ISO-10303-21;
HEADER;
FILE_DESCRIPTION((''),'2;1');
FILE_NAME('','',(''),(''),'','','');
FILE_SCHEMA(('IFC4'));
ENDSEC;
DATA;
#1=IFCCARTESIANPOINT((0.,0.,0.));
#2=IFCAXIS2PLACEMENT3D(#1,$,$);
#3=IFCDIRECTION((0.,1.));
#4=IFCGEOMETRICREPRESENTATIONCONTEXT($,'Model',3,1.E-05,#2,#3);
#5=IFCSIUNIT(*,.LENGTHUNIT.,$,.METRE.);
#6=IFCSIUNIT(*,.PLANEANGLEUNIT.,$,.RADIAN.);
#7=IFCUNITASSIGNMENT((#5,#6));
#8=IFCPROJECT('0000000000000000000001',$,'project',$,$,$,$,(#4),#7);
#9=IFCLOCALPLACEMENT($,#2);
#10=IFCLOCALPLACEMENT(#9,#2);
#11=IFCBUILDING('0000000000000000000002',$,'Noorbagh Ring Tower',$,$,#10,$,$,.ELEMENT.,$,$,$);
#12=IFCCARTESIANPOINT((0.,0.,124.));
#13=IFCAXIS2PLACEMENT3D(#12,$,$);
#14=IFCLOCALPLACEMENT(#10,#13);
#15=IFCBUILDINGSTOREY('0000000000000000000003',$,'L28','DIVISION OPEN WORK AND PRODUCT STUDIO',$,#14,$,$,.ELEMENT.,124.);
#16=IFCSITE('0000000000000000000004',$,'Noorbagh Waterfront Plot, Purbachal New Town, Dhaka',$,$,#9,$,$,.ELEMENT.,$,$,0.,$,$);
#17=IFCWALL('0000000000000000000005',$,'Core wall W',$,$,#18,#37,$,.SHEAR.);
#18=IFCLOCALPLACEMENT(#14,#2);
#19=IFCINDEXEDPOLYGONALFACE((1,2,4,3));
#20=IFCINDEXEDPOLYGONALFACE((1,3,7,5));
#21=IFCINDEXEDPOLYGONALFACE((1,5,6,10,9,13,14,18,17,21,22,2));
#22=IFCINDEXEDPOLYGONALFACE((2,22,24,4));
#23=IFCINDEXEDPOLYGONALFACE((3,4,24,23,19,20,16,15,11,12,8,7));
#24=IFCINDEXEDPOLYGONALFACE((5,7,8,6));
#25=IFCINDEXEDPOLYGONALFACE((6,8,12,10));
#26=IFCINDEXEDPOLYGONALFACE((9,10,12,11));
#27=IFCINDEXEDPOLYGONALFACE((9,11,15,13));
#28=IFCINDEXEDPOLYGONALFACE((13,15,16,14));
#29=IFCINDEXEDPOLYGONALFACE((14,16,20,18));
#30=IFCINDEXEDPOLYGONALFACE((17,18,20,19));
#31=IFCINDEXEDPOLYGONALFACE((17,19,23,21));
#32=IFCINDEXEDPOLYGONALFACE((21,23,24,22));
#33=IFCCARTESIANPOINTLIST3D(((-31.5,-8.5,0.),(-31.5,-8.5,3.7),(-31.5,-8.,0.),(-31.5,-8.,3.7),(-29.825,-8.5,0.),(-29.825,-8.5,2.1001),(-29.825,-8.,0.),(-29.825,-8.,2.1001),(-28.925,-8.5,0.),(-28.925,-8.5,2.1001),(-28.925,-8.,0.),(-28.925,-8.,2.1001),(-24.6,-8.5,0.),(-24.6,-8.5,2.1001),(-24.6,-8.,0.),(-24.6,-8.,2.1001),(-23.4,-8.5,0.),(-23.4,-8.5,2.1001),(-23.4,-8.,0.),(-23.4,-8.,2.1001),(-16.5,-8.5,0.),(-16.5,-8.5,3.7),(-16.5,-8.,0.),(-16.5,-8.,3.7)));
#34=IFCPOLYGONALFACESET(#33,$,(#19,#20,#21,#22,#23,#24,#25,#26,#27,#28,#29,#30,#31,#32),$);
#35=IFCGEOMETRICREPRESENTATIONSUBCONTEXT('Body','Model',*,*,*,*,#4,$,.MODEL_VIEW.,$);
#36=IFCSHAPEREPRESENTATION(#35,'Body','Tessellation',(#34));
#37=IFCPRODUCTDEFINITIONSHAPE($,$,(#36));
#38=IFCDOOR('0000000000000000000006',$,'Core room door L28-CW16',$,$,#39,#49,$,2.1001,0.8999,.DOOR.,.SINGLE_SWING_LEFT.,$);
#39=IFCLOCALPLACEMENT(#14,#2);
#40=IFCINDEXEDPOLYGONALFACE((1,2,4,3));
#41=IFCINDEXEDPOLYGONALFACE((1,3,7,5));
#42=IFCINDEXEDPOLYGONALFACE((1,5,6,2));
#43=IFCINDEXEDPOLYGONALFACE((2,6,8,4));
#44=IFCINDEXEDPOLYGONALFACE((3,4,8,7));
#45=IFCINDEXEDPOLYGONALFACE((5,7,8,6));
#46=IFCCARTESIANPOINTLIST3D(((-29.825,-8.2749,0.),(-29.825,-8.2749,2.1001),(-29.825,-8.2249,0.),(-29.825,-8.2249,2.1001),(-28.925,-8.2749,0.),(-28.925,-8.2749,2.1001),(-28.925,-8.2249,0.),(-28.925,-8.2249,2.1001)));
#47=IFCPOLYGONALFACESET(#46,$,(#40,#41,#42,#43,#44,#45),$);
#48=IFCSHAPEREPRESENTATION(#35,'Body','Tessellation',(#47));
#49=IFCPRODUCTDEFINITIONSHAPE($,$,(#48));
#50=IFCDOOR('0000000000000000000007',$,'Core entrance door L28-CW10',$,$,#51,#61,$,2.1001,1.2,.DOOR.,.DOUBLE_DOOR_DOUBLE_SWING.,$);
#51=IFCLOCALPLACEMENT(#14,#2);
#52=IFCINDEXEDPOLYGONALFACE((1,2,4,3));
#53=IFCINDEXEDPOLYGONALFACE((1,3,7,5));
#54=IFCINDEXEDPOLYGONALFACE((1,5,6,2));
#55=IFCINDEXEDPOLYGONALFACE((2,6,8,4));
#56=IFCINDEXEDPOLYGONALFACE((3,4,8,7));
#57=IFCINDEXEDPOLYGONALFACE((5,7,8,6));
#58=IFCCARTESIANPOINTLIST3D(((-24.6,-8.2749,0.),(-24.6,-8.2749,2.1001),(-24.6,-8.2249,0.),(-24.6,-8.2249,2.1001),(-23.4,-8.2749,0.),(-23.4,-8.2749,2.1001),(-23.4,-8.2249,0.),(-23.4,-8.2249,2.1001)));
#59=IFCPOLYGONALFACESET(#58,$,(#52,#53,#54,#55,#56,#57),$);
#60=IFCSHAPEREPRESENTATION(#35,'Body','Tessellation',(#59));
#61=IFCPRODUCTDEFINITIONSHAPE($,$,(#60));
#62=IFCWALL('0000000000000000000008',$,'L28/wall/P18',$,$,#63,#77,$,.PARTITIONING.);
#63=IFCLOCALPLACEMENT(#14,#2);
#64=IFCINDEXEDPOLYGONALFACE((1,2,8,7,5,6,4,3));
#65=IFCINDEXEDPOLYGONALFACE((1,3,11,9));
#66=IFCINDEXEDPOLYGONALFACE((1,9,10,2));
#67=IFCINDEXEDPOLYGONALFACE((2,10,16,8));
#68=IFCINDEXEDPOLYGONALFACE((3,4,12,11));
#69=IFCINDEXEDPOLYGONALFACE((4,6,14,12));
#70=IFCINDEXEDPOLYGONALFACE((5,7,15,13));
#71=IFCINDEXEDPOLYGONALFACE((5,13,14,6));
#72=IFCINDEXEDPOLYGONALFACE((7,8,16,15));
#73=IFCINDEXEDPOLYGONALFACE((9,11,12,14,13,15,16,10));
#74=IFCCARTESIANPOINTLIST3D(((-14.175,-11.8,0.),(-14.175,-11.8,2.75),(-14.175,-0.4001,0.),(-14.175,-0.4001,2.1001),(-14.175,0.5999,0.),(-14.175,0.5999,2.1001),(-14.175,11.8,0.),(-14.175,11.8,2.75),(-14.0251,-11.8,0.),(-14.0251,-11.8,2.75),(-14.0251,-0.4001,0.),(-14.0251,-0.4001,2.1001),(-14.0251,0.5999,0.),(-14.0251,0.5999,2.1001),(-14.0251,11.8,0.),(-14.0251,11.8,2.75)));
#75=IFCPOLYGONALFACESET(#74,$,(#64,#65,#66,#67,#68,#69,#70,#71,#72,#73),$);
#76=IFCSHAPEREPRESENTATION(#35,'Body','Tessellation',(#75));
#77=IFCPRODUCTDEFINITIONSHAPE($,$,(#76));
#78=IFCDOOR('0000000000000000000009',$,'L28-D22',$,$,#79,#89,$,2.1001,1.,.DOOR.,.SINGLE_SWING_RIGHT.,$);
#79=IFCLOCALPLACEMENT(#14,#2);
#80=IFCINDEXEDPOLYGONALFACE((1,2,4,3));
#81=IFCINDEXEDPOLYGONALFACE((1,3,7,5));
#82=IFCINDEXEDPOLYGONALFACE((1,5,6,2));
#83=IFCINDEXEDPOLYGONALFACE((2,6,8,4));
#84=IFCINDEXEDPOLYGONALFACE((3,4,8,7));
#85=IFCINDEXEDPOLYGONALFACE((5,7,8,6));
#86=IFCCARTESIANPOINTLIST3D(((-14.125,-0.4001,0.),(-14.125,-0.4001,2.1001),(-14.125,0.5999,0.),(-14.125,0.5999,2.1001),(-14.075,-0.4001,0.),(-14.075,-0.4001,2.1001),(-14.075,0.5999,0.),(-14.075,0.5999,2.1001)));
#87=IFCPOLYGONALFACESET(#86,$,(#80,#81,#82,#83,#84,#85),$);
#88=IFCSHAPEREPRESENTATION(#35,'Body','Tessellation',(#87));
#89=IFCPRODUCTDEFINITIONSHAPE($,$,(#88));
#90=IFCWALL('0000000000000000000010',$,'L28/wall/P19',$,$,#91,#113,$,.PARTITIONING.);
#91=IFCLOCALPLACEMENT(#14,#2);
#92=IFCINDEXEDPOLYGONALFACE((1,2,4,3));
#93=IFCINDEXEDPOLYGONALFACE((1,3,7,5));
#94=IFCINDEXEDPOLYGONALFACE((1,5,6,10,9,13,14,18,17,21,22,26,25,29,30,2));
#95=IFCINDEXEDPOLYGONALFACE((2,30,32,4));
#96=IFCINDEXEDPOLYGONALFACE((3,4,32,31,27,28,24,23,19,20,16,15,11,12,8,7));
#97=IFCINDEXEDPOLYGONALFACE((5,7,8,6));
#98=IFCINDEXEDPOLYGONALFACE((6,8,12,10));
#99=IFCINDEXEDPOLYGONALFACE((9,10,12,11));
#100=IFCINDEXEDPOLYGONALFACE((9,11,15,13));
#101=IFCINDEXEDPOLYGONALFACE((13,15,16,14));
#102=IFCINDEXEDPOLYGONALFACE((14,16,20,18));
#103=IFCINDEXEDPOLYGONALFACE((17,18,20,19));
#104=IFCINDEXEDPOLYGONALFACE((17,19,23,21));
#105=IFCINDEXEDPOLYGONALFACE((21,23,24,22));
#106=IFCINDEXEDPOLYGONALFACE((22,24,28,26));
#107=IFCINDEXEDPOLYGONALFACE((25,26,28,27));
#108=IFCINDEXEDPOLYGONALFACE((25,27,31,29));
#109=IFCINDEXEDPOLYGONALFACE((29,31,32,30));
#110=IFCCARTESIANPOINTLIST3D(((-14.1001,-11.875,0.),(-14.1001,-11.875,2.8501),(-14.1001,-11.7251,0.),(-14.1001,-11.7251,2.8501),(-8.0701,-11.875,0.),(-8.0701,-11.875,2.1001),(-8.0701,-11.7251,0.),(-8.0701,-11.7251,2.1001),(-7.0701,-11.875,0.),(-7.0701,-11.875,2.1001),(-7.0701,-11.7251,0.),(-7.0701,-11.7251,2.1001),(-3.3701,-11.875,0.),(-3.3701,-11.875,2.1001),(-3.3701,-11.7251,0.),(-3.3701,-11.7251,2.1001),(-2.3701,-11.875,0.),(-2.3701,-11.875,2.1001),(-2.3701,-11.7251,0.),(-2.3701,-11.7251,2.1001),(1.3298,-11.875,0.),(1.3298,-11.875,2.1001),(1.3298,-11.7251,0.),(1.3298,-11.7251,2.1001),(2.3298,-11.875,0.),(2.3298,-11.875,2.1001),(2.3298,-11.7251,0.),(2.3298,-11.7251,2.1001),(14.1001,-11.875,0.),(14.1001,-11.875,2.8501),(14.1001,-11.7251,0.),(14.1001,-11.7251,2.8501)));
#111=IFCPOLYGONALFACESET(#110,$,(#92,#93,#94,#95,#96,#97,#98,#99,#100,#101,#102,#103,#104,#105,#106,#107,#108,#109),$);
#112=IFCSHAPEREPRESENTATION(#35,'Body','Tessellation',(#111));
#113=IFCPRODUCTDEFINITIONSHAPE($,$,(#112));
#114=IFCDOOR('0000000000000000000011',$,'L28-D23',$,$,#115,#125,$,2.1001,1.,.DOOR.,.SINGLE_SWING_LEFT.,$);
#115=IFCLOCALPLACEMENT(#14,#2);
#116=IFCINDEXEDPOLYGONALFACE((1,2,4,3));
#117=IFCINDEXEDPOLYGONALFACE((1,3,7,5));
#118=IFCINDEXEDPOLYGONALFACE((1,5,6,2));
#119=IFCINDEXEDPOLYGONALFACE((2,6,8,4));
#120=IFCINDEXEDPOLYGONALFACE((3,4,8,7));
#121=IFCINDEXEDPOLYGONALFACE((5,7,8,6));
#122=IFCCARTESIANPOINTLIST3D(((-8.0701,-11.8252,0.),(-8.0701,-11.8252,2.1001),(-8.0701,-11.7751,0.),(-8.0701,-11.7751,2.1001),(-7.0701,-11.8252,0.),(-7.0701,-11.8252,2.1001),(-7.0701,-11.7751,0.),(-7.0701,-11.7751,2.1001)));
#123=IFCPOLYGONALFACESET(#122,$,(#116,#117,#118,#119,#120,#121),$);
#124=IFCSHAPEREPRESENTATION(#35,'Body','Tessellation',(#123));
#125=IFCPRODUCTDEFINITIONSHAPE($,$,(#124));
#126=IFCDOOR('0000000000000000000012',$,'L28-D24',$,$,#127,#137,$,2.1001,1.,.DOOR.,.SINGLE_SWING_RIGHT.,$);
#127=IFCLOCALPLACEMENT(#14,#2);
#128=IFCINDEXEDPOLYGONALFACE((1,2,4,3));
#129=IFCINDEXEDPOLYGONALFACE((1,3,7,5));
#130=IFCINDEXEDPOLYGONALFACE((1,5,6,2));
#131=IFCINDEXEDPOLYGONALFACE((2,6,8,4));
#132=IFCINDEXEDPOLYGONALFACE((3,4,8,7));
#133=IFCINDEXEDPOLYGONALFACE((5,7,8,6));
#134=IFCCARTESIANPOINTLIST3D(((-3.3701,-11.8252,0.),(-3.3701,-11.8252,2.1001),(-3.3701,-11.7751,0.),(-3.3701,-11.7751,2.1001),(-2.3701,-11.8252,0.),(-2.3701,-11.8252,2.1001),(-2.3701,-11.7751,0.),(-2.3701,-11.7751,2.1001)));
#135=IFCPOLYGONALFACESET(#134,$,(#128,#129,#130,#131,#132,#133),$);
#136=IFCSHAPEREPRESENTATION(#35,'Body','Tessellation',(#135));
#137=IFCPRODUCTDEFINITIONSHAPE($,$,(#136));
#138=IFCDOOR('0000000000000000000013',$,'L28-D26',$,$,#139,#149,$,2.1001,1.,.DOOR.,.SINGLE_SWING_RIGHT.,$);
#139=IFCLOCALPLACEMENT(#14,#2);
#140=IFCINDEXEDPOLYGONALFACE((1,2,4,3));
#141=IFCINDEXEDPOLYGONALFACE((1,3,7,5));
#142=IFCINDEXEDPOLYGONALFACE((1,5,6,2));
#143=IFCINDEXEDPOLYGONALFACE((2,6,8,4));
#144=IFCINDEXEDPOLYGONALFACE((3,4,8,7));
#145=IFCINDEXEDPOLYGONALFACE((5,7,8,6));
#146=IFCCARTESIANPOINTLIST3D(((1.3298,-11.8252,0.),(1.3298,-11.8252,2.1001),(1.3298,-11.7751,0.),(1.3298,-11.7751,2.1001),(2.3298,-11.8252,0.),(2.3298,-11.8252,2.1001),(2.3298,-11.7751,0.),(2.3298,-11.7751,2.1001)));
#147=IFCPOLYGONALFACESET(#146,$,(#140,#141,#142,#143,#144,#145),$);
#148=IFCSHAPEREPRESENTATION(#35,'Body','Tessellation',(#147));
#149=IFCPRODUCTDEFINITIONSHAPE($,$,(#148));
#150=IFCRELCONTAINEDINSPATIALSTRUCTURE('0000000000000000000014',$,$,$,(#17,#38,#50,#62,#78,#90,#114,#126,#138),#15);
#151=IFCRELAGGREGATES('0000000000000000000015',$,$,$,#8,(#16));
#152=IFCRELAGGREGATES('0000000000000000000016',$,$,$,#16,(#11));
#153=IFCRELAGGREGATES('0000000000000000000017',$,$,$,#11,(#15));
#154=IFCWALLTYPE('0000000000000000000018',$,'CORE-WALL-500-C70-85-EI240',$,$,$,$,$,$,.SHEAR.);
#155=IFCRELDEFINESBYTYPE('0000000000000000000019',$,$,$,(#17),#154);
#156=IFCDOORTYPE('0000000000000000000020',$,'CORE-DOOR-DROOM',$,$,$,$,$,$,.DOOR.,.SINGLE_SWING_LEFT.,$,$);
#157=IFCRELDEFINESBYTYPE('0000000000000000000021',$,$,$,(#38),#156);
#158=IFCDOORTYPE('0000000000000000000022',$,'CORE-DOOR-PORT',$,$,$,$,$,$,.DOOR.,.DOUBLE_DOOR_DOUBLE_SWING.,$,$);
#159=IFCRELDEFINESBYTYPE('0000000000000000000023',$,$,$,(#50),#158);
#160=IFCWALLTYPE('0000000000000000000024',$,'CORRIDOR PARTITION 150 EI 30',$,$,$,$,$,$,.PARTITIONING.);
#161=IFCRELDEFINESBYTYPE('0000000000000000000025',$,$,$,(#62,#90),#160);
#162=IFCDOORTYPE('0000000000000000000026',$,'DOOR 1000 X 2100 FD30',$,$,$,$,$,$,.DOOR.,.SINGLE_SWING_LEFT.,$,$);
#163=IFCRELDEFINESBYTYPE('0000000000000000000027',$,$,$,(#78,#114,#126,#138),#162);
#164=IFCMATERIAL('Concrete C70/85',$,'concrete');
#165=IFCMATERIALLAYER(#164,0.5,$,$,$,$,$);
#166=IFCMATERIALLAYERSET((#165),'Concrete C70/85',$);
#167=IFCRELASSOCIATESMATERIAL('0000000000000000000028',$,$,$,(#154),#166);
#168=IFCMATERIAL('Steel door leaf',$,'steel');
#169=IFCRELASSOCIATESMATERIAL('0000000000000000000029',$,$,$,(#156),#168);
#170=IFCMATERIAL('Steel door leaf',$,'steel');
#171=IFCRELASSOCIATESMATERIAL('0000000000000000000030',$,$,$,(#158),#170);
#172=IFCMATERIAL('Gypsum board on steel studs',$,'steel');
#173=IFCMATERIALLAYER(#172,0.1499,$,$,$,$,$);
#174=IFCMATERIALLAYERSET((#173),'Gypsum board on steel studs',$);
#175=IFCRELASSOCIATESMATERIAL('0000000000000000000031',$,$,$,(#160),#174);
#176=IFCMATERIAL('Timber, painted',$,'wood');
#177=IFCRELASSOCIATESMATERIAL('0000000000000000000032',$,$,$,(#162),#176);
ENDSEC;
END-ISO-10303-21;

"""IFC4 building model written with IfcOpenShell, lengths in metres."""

from ifc_helpers import new_model, si_unit, direction, frame, frame_2d, origin, place, context, subcontext, project, spatial, rectangle, extrude, material, layer, layer_set, type_object, element, fill, save


model = new_model("IFC4")

# Units and contexts
model_context = context("Model", 3, precision=1e-05, world=origin(), true_north=direction((0.0, 1.0)))
body_context = subcontext(model_context, "Body", "Model", "MODEL_VIEW")
ifc_project = project(units=[si_unit("LENGTHUNIT", "METRE"), si_unit("PLANEANGLEUNIT", "RADIAN")], contexts=[model_context])

# Site, building, storey
site_placement = place(None, origin())
site = spatial("IfcSite", under=ifc_project, at=site_placement, Name="Noorbagh Waterfront Plot, Purbachal New Town, Dhaka", CompositionType="ELEMENT", RefElevation=0.0)
building_placement = place(site_placement, origin())
building = spatial("IfcBuilding", under=site, at=building_placement, Name="Noorbagh Ring Tower", CompositionType="ELEMENT")
storey_placement = place(building_placement, frame((0.0, 0.0, 124.0)))
storey = spatial("IfcBuildingStorey", under=building, at=storey_placement, Name="L28", Description="DIVISION OPEN WORK AND PRODUCT STUDIO", CompositionType="ELEMENT", Elevation=124.0)

# Wall, openings, doors
ifc_material_1 = material(Name="Concrete C70/85", Category="concrete")
ifc_layer_1 = layer(ifc_material_1, 0.5)
ifc_layer_set_1 = layer_set([ifc_layer_1], Name="Concrete C70/85")
wall_type_1 = type_object("IfcWallType", Name="CORE-WALL-500-C70-85-EI240", PredefinedType="SHEAR", material=ifc_layer_set_1)
wall_1_placement = place(storey_placement, frame((-16.5, -8.25, 0.0), z_axis=(0.0, 0.0, 1.0), x_axis=(-1.0, 0.0, 0.0)))
wall_1 = element("IfcWall", 1, at=wall_1_placement, inside=storey, type_object=wall_type_1, Name="Core wall W", PredefinedType="SHEAR", context=body_context, shape_type="SweptSolid", body=[
    extrude(rectangle(XDim=15.0, YDim=0.5, at=frame_2d((7.5, 0.0))), origin(), (0.0, 0.0, 1.0), 3.7),
])
opening_1_placement = place(wall_1_placement, frame((6.8999, 0.0, 0.0)))
opening_1 = element("IfcOpeningElement", 2, at=opening_1_placement, cuts=wall_1, PredefinedType="OPENING", context=body_context, shape_type="SweptSolid", body=[
    extrude(rectangle(XDim=1.2, YDim=2.1001, at=frame_2d((0.6001, 1.05))), frame((0.0, 0.26, 0.0), z_axis=(0.0, -1.0, 0.0), x_axis=(1.0, 0.0, 0.0)), (0.0, 0.0, 1.0), 0.52),
])
opening_2_placement = place(wall_1_placement, frame((12.425, 0.0, 0.0)))
opening_2 = element("IfcOpeningElement", 3, at=opening_2_placement, cuts=wall_1, PredefinedType="OPENING", context=body_context, shape_type="SweptSolid", body=[
    extrude(rectangle(XDim=0.8999, YDim=2.1001, at=frame_2d((0.45, 1.05))), frame((0.0, 0.26, 0.0), z_axis=(0.0, -1.0, 0.0), x_axis=(1.0, 0.0, 0.0)), (0.0, 0.0, 1.0), 0.52),
])
ifc_material_2 = material(Name="Steel door leaf", Category="steel")
door_type_1 = type_object("IfcDoorType", Name="CORE-DOOR-DROOM", OperationType="SINGLE_SWING_LEFT", PredefinedType="DOOR", material=ifc_material_2)
door_1_placement = place(opening_2_placement, origin())
door_1 = element("IfcDoor", 4, at=door_1_placement, inside=storey, type_object=door_type_1, Name="Core room door L28-CW16", OperationType="SINGLE_SWING_LEFT", OverallHeight=2.1001, OverallWidth=0.8999, PredefinedType="DOOR", context=body_context, shape_type="SweptSolid", body=[
    extrude(rectangle(XDim=0.8999, YDim=2.1001, at=frame_2d((0.45, 1.05))), frame((0.0, 0.0249, 0.0), z_axis=(0.0, -1.0, 0.0), x_axis=(1.0, 0.0, 0.0)), (0.0, 0.0, 1.0), 0.05),
])
fill(opening_2, door_1)
ifc_material_3 = material(Name="Steel door leaf", Category="steel")
door_type_2 = type_object("IfcDoorType", Name="CORE-DOOR-PORT", OperationType="DOUBLE_DOOR_DOUBLE_SWING", PredefinedType="DOOR", material=ifc_material_3)
door_2_placement = place(opening_1_placement, origin())
door_2 = element("IfcDoor", 5, at=door_2_placement, inside=storey, type_object=door_type_2, Name="Core entrance door L28-CW10", OperationType="DOUBLE_DOOR_DOUBLE_SWING", OverallHeight=2.1001, OverallWidth=1.2, PredefinedType="DOOR", context=body_context, shape_type="SweptSolid", body=[
    extrude(rectangle(XDim=1.2, YDim=2.1001, at=frame_2d((0.6001, 1.05))), frame((0.0, 0.0249, 0.0), z_axis=(0.0, -1.0, 0.0), x_axis=(1.0, 0.0, 0.0)), (0.0, 0.0, 1.0), 0.05),
])
fill(opening_1, door_2)

# Wall, opening, door
ifc_material_4 = material(Name="Gypsum board on steel studs", Category="steel")
ifc_layer_2 = layer(ifc_material_4, 0.1499)
ifc_layer_set_2 = layer_set([ifc_layer_2], Name="Gypsum board on steel studs")
wall_type_2 = type_object("IfcWallType", Name="CORRIDOR PARTITION 150 EI 30", PredefinedType="PARTITIONING", material=ifc_layer_set_2)
wall_2_placement = place(storey_placement, frame((-14.1001, -11.8, 0.0), z_axis=(0.0, 0.0, 1.0), x_axis=(0.0, 1.0, 0.0)))
wall_2 = element("IfcWall", 6, at=wall_2_placement, inside=storey, type_object=wall_type_2, Name="L28/wall/P18", PredefinedType="PARTITIONING", context=body_context, shape_type="SweptSolid", body=[
    extrude(rectangle(XDim=23.6001, YDim=0.1499, at=frame_2d((11.8, 0.0))), origin(), (0.0, 0.0, 1.0), 2.75),
])
opening_3_placement = place(wall_2_placement, frame((11.3999, 0.0, 0.0)))
opening_3 = element("IfcOpeningElement", 7, at=opening_3_placement, cuts=wall_2, PredefinedType="OPENING", context=body_context, shape_type="SweptSolid", body=[
    extrude(rectangle(XDim=1.0, YDim=2.1001, at=frame_2d((0.5, 1.05))), frame((0.0, 0.085, 0.0), z_axis=(0.0, -1.0, 0.0), x_axis=(1.0, 0.0, 0.0)), (0.0, 0.0, 1.0), 0.1699),
])
ifc_material_5 = material(Name="Timber, painted", Category="wood")
door_type_3 = type_object("IfcDoorType", Name="DOOR 1000 X 2100 FD30", OperationType="SINGLE_SWING_LEFT", PredefinedType="DOOR", material=ifc_material_5)
door_3_placement = place(opening_3_placement, origin())
door_3 = element("IfcDoor", 8, at=door_3_placement, inside=storey, type_object=door_type_3, Name="L28-D22", OperationType="SINGLE_SWING_RIGHT", OverallHeight=2.1001, OverallWidth=1.0, PredefinedType="DOOR", context=body_context, shape_type="SweptSolid", body=[
    extrude(rectangle(XDim=1.0, YDim=2.1001, at=frame_2d((0.5, 1.05))), frame((0.0, 0.0249, 0.0), z_axis=(0.0, -1.0, 0.0), x_axis=(1.0, 0.0, 0.0)), (0.0, 0.0, 1.0), 0.05),
])
fill(opening_3, door_3)

# Wall, openings, doors
wall_3_placement = place(storey_placement, frame((-14.1001, -11.8, 0.0), z_axis=(0.0, 0.0, 1.0), x_axis=(1.0, 0.0, 0.0)))
wall_3 = element("IfcWall", 9, at=wall_3_placement, inside=storey, type_object=wall_type_2, Name="L28/wall/P19", PredefinedType="PARTITIONING", context=body_context, shape_type="SweptSolid", body=[
    extrude(rectangle(XDim=28.2002, YDim=0.1499, at=frame_2d((14.1001, 0.0))), origin(), (0.0, 0.0, 1.0), 2.8501),
])
opening_4_placement = place(wall_3_placement, frame((6.03, 0.0, 0.0)))
opening_4 = element("IfcOpeningElement", 10, at=opening_4_placement, cuts=wall_3, PredefinedType="OPENING", context=body_context, shape_type="SweptSolid", body=[
    extrude(rectangle(XDim=1.0, YDim=2.1001, at=frame_2d((0.5, 1.05))), frame((0.0, 0.085, 0.0), z_axis=(0.0, -1.0, 0.0), x_axis=(1.0, 0.0, 0.0)), (0.0, 0.0, 1.0), 0.1699),
])
opening_5_placement = place(wall_3_placement, frame((10.73, 0.0, 0.0)))
opening_5 = element("IfcOpeningElement", 11, at=opening_5_placement, cuts=wall_3, PredefinedType="OPENING", context=body_context, shape_type="SweptSolid", body=[
    extrude(rectangle(XDim=1.0, YDim=2.1001, at=frame_2d((0.5, 1.05))), frame((0.0, 0.085, 0.0), z_axis=(0.0, -1.0, 0.0), x_axis=(1.0, 0.0, 0.0)), (0.0, 0.0, 1.0), 0.1699),
])
opening_6_placement = place(wall_3_placement, frame((15.4299, 0.0, 0.0)))
opening_6 = element("IfcOpeningElement", 12, at=opening_6_placement, cuts=wall_3, PredefinedType="OPENING", context=body_context, shape_type="SweptSolid", body=[
    extrude(rectangle(XDim=1.0, YDim=2.1001, at=frame_2d((0.5, 1.05))), frame((0.0, 0.085, 0.0), z_axis=(0.0, -1.0, 0.0), x_axis=(1.0, 0.0, 0.0)), (0.0, 0.0, 1.0), 0.1699),
])
door_4_placement = place(opening_4_placement, origin())
door_4 = element("IfcDoor", 13, at=door_4_placement, inside=storey, type_object=door_type_3, Name="L28-D23", OperationType="SINGLE_SWING_LEFT", OverallHeight=2.1001, OverallWidth=1.0, PredefinedType="DOOR", context=body_context, shape_type="SweptSolid", body=[
    extrude(rectangle(XDim=1.0, YDim=2.1001, at=frame_2d((0.5, 1.05))), frame((0.0, 0.0249, 0.0), z_axis=(0.0, -1.0, 0.0), x_axis=(1.0, 0.0, 0.0)), (0.0, 0.0, 1.0), 0.05),
])
fill(opening_4, door_4)
door_5_placement = place(opening_5_placement, origin())
door_5 = element("IfcDoor", 14, at=door_5_placement, inside=storey, type_object=door_type_3, Name="L28-D24", OperationType="SINGLE_SWING_RIGHT", OverallHeight=2.1001, OverallWidth=1.0, PredefinedType="DOOR", context=body_context, shape_type="SweptSolid", body=[
    extrude(rectangle(XDim=1.0, YDim=2.1001, at=frame_2d((0.5, 1.05))), frame((0.0, 0.0249, 0.0), z_axis=(0.0, -1.0, 0.0), x_axis=(1.0, 0.0, 0.0)), (0.0, 0.0, 1.0), 0.05),
])
fill(opening_5, door_5)
door_6_placement = place(opening_6_placement, origin())
door_6 = element("IfcDoor", 15, at=door_6_placement, inside=storey, type_object=door_type_3, Name="L28-D26", OperationType="SINGLE_SWING_RIGHT", OverallHeight=2.1001, OverallWidth=1.0, PredefinedType="DOOR", context=body_context, shape_type="SweptSolid", body=[
    extrude(rectangle(XDim=1.0, YDim=2.1001, at=frame_2d((0.5, 1.05))), frame((0.0, 0.0249, 0.0), z_axis=(0.0, -1.0, 0.0), x_axis=(1.0, 0.0, 0.0)), (0.0, 0.0, 1.0), 0.05),
])
fill(opening_6, door_6)

save(model, "model.ifc")
